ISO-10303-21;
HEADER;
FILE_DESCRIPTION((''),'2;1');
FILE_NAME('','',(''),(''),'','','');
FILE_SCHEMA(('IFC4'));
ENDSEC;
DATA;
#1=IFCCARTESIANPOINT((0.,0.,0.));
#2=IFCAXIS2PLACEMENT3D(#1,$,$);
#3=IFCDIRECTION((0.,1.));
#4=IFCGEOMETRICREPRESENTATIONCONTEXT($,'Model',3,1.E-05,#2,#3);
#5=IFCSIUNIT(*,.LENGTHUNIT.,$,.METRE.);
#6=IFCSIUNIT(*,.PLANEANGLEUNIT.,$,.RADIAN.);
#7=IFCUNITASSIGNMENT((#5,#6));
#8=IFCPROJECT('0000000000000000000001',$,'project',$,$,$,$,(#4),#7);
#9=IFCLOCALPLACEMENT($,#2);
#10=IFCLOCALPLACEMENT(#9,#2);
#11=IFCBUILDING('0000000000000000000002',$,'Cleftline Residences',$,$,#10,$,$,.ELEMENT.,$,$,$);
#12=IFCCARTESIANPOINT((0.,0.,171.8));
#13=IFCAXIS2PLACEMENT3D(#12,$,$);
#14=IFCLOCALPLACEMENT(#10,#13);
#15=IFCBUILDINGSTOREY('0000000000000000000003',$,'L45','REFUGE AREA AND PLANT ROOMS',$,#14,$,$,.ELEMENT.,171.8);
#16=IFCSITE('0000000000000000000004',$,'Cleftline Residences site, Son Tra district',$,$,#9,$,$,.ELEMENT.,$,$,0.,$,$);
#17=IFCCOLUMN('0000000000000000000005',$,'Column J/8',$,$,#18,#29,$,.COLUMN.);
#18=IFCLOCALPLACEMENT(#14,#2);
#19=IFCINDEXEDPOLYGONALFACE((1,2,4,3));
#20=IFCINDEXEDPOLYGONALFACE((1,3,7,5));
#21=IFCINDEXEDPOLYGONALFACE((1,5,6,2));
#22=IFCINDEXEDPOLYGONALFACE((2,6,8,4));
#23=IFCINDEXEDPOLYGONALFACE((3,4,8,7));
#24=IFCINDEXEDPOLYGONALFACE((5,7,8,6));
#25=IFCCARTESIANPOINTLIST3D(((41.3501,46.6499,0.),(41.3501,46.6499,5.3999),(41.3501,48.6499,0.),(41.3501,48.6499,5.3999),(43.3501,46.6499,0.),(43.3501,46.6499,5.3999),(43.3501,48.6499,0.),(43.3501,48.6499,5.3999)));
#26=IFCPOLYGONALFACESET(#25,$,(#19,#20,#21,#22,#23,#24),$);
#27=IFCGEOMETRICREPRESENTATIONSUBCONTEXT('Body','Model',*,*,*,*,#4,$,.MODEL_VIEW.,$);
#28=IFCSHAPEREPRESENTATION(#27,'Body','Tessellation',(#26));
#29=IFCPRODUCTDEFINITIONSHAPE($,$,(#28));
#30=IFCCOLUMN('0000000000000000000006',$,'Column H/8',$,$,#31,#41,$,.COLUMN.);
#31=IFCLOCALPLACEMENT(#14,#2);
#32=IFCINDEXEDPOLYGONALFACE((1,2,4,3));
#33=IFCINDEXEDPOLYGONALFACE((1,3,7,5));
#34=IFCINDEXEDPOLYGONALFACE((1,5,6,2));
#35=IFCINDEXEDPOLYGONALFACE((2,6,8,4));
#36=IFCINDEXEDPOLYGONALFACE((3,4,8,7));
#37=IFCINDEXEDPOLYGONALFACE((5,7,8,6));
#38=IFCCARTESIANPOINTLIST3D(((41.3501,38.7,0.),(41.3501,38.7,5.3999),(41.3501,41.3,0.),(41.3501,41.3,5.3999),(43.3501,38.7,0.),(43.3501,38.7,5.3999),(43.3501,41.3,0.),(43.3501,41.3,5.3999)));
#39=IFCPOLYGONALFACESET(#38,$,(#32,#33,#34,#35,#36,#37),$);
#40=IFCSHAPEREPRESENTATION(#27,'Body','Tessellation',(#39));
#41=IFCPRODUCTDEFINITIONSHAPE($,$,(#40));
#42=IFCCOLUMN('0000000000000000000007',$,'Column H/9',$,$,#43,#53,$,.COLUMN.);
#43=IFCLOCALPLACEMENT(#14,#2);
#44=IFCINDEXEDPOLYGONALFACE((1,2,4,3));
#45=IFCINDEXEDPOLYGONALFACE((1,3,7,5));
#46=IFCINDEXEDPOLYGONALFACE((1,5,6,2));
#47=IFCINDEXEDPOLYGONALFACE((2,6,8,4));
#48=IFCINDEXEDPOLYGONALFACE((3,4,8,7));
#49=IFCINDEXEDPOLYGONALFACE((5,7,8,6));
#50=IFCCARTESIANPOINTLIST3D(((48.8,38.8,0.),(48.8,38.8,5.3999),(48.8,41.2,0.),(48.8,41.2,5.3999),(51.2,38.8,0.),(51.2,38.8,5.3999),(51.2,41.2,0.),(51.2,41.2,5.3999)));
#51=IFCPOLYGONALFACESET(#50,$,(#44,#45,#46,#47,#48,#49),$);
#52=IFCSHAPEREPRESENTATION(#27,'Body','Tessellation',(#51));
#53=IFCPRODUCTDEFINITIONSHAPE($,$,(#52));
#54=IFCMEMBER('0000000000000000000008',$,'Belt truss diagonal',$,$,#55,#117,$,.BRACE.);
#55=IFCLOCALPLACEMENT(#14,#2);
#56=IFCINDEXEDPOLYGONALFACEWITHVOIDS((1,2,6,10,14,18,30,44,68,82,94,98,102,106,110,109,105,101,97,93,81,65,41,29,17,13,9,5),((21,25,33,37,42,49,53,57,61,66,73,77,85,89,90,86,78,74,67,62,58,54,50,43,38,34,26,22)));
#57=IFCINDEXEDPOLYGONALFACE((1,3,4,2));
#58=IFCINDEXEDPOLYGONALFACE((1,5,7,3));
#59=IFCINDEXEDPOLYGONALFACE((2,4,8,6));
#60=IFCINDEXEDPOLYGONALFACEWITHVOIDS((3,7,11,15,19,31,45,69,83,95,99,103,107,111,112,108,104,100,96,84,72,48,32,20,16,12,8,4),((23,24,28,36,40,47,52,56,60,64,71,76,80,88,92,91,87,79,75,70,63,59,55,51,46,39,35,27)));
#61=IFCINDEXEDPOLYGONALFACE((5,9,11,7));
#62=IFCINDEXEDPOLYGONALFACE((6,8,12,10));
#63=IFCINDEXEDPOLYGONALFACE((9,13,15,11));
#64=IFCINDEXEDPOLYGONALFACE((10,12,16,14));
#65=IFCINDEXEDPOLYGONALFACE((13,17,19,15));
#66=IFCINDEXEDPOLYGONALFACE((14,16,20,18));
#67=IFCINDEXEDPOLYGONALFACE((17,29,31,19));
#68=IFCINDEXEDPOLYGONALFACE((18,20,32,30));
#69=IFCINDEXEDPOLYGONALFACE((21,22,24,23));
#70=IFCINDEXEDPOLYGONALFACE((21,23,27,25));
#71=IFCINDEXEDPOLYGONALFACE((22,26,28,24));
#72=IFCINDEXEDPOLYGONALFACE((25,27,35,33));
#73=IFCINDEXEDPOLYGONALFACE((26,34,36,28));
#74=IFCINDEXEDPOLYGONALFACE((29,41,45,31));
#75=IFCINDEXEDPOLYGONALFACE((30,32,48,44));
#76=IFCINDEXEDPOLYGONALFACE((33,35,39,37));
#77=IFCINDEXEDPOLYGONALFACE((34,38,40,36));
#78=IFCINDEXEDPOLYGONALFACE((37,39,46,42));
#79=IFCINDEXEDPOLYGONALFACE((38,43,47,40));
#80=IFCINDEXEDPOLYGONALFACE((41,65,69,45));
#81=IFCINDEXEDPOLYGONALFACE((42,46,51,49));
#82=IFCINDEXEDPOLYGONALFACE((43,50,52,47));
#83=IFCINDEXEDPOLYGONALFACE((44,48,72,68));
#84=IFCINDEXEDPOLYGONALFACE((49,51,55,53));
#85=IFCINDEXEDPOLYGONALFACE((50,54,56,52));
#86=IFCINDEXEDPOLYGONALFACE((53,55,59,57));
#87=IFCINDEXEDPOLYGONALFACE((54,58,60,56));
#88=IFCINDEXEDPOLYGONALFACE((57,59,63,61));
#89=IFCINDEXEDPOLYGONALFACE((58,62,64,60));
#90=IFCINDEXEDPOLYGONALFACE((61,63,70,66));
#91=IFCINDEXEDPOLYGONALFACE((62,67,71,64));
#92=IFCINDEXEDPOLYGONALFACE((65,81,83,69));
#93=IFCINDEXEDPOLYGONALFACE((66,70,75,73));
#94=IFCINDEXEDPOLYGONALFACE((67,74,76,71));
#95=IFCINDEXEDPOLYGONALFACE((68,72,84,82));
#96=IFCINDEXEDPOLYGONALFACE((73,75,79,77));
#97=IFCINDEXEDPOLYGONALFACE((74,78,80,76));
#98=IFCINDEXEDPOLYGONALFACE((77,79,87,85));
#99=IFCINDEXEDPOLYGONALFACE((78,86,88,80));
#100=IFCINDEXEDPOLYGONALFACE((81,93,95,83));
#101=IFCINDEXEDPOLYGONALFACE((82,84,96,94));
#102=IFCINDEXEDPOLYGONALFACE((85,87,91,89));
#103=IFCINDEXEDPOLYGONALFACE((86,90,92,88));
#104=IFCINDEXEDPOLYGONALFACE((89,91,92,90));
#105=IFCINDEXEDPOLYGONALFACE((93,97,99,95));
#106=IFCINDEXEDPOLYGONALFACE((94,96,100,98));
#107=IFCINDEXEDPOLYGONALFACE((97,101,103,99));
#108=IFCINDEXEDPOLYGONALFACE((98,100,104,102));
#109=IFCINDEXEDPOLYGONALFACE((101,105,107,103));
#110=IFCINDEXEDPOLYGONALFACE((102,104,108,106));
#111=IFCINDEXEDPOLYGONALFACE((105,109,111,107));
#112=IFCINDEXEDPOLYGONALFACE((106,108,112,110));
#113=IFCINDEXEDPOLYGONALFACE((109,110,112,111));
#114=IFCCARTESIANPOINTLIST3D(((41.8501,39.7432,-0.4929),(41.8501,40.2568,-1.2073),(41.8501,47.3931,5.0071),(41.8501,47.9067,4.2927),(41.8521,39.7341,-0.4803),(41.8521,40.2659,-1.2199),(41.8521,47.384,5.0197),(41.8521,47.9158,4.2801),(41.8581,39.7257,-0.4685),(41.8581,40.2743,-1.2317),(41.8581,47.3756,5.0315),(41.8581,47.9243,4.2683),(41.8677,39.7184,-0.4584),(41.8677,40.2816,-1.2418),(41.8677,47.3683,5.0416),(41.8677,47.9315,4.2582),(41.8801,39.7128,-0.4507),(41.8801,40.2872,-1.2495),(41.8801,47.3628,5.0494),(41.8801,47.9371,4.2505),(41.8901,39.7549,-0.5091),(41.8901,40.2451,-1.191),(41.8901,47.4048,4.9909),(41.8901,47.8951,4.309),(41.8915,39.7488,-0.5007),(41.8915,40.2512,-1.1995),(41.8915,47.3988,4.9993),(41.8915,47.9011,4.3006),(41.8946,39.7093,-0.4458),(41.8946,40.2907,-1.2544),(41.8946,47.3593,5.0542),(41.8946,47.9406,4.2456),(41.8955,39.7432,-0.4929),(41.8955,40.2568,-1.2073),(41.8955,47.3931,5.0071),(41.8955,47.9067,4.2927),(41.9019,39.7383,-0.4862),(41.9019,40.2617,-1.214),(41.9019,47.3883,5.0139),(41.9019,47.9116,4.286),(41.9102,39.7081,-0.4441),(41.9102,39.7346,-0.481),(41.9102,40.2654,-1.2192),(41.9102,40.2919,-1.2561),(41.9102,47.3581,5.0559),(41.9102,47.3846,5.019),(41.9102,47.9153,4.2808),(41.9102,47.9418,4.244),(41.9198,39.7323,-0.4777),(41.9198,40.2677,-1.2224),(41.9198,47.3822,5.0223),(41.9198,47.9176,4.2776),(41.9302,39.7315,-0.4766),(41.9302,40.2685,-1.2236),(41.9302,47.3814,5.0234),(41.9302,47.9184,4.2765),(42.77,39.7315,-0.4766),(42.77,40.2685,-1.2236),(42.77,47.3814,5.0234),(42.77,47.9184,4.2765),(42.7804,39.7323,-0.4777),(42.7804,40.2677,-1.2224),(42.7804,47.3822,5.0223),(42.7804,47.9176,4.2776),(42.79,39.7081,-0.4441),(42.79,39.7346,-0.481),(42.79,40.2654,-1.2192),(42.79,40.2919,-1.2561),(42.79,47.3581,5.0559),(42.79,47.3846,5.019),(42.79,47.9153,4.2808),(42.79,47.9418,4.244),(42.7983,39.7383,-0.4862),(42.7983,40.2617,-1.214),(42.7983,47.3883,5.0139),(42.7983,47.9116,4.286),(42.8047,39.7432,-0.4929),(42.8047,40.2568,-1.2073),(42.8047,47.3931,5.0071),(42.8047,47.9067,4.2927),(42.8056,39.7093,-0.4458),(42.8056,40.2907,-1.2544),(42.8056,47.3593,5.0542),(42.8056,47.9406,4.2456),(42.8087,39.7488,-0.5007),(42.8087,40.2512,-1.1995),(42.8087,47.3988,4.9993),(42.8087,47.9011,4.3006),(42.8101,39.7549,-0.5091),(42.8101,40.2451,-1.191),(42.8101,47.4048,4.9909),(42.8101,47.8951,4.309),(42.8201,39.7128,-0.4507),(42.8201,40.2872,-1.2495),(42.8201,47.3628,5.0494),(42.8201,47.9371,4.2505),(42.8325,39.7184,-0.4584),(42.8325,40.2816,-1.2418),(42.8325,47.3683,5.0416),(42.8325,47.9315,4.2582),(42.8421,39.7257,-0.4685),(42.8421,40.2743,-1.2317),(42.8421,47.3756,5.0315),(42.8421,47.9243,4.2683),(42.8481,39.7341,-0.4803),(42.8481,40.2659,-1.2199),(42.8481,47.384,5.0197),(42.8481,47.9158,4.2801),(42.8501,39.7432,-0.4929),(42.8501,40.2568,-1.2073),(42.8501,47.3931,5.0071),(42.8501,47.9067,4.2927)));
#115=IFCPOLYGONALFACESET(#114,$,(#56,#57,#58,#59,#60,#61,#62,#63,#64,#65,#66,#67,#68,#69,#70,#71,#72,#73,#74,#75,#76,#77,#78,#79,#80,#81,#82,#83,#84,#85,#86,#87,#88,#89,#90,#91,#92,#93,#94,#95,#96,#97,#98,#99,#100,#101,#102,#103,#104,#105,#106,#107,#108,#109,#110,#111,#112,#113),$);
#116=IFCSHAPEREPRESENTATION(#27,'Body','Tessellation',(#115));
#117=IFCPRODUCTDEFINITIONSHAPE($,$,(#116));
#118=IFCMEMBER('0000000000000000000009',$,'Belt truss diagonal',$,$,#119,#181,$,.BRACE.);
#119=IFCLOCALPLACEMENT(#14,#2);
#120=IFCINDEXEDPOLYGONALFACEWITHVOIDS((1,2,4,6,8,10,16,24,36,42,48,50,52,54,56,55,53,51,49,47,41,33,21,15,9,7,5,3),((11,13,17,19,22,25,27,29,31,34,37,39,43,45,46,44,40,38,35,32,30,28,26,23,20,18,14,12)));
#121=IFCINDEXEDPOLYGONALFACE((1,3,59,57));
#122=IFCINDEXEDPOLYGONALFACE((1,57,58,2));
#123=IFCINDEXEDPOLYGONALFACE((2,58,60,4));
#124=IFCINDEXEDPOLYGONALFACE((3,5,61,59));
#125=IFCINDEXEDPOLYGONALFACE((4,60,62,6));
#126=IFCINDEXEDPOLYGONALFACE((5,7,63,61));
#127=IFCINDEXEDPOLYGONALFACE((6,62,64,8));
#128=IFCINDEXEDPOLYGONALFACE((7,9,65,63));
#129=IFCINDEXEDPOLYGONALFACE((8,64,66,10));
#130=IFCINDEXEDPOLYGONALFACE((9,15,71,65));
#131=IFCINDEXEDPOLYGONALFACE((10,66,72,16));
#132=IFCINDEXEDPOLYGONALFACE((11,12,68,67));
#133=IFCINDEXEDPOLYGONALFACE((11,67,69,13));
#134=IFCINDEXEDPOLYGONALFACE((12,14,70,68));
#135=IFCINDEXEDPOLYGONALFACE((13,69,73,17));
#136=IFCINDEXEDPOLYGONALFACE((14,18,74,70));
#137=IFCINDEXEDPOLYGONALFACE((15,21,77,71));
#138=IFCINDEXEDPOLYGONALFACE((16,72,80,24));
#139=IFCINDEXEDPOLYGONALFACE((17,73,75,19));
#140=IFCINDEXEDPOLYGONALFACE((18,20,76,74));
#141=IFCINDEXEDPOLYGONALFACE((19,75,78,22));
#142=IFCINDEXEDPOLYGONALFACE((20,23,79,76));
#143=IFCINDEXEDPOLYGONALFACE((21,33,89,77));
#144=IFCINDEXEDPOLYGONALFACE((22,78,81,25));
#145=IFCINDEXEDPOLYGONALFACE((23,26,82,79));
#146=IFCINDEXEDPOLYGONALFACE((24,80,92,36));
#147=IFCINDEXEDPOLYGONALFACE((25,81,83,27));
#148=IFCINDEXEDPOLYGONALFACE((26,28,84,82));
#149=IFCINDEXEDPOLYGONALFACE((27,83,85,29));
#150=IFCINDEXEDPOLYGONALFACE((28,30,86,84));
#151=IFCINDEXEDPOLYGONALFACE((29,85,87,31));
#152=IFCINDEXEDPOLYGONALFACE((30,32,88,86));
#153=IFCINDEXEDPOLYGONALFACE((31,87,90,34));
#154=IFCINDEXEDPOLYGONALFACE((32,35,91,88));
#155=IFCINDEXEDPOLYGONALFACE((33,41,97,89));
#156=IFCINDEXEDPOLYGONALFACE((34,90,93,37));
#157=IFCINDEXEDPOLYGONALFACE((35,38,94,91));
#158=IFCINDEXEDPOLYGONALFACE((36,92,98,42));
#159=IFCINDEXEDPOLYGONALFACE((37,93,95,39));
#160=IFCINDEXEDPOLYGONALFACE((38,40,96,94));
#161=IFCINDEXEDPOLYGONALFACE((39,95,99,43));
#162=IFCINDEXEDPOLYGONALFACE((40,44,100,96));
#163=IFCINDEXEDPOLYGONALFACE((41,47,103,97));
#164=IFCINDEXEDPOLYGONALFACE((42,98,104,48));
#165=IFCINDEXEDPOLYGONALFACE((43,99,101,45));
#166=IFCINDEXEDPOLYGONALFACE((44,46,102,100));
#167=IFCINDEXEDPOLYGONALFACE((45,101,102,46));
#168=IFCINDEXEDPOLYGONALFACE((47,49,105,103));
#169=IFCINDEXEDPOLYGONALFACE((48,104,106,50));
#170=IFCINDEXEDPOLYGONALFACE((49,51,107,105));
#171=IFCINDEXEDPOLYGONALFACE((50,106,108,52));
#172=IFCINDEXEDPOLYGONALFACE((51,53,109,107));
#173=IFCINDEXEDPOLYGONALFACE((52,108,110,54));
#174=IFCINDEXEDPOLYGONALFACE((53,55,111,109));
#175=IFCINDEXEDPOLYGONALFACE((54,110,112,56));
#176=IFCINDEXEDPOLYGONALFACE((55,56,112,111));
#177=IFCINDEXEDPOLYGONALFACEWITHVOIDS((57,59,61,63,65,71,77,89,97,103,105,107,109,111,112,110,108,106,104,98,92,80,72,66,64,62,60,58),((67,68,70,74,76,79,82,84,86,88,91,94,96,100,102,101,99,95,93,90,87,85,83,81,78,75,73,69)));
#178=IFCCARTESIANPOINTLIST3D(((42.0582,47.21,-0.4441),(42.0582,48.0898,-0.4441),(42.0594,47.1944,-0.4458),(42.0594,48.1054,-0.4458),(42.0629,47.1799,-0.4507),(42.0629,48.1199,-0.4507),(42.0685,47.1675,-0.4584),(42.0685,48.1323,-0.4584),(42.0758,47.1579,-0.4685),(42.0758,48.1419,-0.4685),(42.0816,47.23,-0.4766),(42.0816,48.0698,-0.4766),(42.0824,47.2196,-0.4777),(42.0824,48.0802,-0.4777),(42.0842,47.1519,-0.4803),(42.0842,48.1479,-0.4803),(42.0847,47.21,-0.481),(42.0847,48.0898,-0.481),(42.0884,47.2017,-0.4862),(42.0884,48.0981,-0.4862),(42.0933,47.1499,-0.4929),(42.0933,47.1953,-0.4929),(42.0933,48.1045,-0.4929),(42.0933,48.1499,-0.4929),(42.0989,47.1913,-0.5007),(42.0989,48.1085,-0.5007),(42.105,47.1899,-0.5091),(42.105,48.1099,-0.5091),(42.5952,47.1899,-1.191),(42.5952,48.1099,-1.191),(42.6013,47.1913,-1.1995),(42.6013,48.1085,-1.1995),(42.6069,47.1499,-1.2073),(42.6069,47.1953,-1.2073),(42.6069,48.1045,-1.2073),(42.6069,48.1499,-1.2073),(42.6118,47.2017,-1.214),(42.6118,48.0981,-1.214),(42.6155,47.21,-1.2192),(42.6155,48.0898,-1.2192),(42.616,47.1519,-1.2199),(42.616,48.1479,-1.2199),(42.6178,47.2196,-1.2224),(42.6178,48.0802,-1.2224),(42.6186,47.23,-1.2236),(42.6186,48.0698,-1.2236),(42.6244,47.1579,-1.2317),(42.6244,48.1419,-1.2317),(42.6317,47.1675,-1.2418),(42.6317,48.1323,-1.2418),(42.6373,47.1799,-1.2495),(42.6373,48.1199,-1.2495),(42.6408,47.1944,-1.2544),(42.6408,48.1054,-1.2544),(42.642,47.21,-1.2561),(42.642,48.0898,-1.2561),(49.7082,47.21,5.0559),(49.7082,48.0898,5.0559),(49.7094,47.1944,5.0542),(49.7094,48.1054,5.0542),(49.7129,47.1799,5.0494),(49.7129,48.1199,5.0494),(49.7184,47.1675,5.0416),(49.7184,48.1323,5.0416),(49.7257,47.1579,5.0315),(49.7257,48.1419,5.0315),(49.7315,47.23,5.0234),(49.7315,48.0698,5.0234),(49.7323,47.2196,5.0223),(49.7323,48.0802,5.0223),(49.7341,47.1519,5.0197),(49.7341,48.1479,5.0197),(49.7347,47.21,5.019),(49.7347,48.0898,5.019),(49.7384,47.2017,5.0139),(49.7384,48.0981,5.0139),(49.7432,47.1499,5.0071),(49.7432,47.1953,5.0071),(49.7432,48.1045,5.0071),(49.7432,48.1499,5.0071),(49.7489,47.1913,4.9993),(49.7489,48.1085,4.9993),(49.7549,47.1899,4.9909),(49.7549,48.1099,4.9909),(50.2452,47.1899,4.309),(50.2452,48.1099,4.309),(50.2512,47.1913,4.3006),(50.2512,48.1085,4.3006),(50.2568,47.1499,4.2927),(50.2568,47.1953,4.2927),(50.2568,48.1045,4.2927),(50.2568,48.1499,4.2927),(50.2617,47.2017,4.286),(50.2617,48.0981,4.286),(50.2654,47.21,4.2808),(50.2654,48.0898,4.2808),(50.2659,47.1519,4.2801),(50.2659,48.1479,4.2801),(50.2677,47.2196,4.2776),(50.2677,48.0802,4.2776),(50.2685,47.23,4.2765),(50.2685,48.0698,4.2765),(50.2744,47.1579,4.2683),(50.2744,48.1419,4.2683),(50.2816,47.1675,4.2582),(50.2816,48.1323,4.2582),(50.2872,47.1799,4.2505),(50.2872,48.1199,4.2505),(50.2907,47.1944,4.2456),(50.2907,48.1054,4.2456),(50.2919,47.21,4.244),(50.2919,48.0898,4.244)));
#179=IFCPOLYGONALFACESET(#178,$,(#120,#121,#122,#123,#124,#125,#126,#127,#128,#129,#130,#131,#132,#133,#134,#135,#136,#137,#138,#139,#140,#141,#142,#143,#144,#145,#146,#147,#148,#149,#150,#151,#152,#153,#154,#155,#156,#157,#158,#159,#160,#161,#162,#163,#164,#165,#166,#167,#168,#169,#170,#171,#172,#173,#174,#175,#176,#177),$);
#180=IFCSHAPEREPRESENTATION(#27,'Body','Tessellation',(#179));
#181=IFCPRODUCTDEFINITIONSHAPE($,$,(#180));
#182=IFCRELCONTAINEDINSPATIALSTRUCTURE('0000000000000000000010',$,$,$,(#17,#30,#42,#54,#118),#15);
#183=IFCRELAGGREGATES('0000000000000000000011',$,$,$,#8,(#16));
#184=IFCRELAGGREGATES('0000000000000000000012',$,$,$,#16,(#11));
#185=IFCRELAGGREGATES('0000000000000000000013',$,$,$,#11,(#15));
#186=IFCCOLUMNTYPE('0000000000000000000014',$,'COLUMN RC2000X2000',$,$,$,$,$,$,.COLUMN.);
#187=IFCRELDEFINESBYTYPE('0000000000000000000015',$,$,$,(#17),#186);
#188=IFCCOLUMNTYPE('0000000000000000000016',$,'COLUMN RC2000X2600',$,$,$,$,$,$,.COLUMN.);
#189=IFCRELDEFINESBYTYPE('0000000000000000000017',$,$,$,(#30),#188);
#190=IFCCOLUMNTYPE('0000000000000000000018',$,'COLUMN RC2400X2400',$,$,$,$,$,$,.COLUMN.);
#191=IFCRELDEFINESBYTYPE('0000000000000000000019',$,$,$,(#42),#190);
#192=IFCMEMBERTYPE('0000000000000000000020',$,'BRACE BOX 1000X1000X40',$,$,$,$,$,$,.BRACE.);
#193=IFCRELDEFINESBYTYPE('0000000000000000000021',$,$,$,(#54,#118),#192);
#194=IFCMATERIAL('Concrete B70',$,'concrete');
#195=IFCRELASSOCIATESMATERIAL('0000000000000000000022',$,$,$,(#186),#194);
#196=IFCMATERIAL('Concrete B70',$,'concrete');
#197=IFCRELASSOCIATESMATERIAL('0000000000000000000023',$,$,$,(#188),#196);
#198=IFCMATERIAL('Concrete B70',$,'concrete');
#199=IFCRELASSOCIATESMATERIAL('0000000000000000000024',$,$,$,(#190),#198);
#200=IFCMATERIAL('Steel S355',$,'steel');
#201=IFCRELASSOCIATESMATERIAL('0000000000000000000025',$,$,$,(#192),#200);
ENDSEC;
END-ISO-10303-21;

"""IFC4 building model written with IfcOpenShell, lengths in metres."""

from ifc_helpers import new_model, si_unit, direction, frame, origin, origin_2d, place, context, subcontext, project, spatial, rectangle, hollow_rectangle, extrude, material, material_profile, profile_set, type_object, element, save


model = new_model("IFC4")

# Units and contexts
model_context = context("Model", 3, precision=1e-05, world=origin(), true_north=direction((0.0, 1.0)))
body_context = subcontext(model_context, "Body", "Model", "MODEL_VIEW")
ifc_project = project(units=[si_unit("LENGTHUNIT", "METRE"), si_unit("PLANEANGLEUNIT", "RADIAN")], contexts=[model_context])

# Site, building, storey
site_placement = place(None, origin())
site = spatial("IfcSite", under=ifc_project, at=site_placement, Name="Cleftline Residences site, Son Tra district", CompositionType="ELEMENT", RefElevation=0.0)
building_placement = place(site_placement, origin())
building = spatial("IfcBuilding", under=site, at=building_placement, Name="Cleftline Residences", CompositionType="ELEMENT")
storey_placement = place(building_placement, frame((0.0, 0.0, 171.8)))
storey = spatial("IfcBuildingStorey", under=building, at=storey_placement, Name="L45", Description="REFUGE AREA AND PLANT ROOMS", CompositionType="ELEMENT", Elevation=171.8)

# Columns
ifc_material_1 = material(Name="Concrete B70", Category="concrete")
ifc_material_profile_1 = material_profile(ifc_material_1, rectangle(XDim=2.0, YDim=2.0, at=origin_2d()))
ifc_profile_set_1 = profile_set([ifc_material_profile_1], Name="Concrete B70")
column_type_1 = type_object("IfcColumnType", Name="COLUMN RC2000X2000", PredefinedType="COLUMN", material=ifc_profile_set_1)
column_1_placement = place(storey_placement, frame((42.3501, 47.6499, 0.0), z_axis=(0.0, 0.0, 1.0), x_axis=(1.0, 0.0, 0.0)))
element("IfcColumn", 1, at=column_1_placement, inside=storey, type_object=column_type_1, Name="Column J/8", PredefinedType="COLUMN", context=body_context, shape_type="SweptSolid", body=[
    extrude(rectangle(XDim=2.0, YDim=2.0, at=origin_2d()), origin(), (0.0, 0.0, 1.0), 5.3999),
])
ifc_material_2 = material(Name="Concrete B70", Category="concrete")
ifc_material_profile_2 = material_profile(ifc_material_2, rectangle(XDim=2.0, YDim=2.6001, at=origin_2d()))
ifc_profile_set_2 = profile_set([ifc_material_profile_2], Name="Concrete B70")
column_type_2 = type_object("IfcColumnType", Name="COLUMN RC2000X2600", PredefinedType="COLUMN", material=ifc_profile_set_2)
column_2_placement = place(storey_placement, frame((42.3501, 40.0, 0.0), z_axis=(0.0, 0.0, 1.0), x_axis=(1.0, 0.0, 0.0)))
element("IfcColumn", 2, at=column_2_placement, inside=storey, type_object=column_type_2, Name="Column H/8", PredefinedType="COLUMN", context=body_context, shape_type="SweptSolid", body=[
    extrude(rectangle(XDim=2.0, YDim=2.6001, at=origin_2d()), origin(), (0.0, 0.0, 1.0), 5.3999),
])
ifc_material_3 = material(Name="Concrete B70", Category="concrete")
ifc_material_profile_3 = material_profile(ifc_material_3, rectangle(XDim=2.3999, YDim=2.3999, at=origin_2d()))
ifc_profile_set_3 = profile_set([ifc_material_profile_3], Name="Concrete B70")
column_type_3 = type_object("IfcColumnType", Name="COLUMN RC2400X2400", PredefinedType="COLUMN", material=ifc_profile_set_3)
column_3_placement = place(storey_placement, frame((50.0, 40.0, 0.0), z_axis=(0.0, 0.0, 1.0), x_axis=(1.0, 0.0, 0.0)))
element("IfcColumn", 3, at=column_3_placement, inside=storey, type_object=column_type_3, Name="Column H/9", PredefinedType="COLUMN", context=body_context, shape_type="SweptSolid", body=[
    extrude(rectangle(XDim=2.3999, YDim=2.3999, at=origin_2d()), origin(), (0.0, 0.0, 1.0), 5.3999),
])

# Members
ifc_material_4 = material(Name="Steel S355", Category="steel")
ifc_material_profile_4 = material_profile(ifc_material_4, hollow_rectangle(XDim=1.0, YDim=1.0, WallThickness=0.04, InnerFilletRadius=0.04, OuterFilletRadius=0.0601, at=origin_2d()))
ifc_profile_set_4 = profile_set([ifc_material_profile_4], Name="Steel S355")
member_type_1 = type_object("IfcMemberType", Name="BRACE BOX 1000X1000X40", PredefinedType="BRACE", material=ifc_profile_set_4)
for number, where, z_axis, x_axis, name in (
    (4, (42.3501, 40.0, -0.8501), (0.0, 0.811933, 0.58375), (0.0, -0.58375, 0.811933), "Belt truss diagonal"),
    (5, (42.3501, 47.6499, -0.8501), (0.811933, 0.0, 0.58375), (-0.58375, 0.0, 0.811933), "Belt truss diagonal"),
):
    element("IfcMember", number, at=place(storey_placement, frame(where, z_axis=z_axis, x_axis=x_axis)), inside=storey, type_object=member_type_1, Name=name, PredefinedType="BRACE", context=body_context, shape_type="SweptSolid", body=[
        extrude(hollow_rectangle(XDim=1.0, YDim=1.0, WallThickness=0.04, InnerFilletRadius=0.04, OuterFilletRadius=0.0601, at=origin_2d()), origin(), (0.0, 0.0, 1.0), 9.4219),
    ])

save(model, "model.ifc")
